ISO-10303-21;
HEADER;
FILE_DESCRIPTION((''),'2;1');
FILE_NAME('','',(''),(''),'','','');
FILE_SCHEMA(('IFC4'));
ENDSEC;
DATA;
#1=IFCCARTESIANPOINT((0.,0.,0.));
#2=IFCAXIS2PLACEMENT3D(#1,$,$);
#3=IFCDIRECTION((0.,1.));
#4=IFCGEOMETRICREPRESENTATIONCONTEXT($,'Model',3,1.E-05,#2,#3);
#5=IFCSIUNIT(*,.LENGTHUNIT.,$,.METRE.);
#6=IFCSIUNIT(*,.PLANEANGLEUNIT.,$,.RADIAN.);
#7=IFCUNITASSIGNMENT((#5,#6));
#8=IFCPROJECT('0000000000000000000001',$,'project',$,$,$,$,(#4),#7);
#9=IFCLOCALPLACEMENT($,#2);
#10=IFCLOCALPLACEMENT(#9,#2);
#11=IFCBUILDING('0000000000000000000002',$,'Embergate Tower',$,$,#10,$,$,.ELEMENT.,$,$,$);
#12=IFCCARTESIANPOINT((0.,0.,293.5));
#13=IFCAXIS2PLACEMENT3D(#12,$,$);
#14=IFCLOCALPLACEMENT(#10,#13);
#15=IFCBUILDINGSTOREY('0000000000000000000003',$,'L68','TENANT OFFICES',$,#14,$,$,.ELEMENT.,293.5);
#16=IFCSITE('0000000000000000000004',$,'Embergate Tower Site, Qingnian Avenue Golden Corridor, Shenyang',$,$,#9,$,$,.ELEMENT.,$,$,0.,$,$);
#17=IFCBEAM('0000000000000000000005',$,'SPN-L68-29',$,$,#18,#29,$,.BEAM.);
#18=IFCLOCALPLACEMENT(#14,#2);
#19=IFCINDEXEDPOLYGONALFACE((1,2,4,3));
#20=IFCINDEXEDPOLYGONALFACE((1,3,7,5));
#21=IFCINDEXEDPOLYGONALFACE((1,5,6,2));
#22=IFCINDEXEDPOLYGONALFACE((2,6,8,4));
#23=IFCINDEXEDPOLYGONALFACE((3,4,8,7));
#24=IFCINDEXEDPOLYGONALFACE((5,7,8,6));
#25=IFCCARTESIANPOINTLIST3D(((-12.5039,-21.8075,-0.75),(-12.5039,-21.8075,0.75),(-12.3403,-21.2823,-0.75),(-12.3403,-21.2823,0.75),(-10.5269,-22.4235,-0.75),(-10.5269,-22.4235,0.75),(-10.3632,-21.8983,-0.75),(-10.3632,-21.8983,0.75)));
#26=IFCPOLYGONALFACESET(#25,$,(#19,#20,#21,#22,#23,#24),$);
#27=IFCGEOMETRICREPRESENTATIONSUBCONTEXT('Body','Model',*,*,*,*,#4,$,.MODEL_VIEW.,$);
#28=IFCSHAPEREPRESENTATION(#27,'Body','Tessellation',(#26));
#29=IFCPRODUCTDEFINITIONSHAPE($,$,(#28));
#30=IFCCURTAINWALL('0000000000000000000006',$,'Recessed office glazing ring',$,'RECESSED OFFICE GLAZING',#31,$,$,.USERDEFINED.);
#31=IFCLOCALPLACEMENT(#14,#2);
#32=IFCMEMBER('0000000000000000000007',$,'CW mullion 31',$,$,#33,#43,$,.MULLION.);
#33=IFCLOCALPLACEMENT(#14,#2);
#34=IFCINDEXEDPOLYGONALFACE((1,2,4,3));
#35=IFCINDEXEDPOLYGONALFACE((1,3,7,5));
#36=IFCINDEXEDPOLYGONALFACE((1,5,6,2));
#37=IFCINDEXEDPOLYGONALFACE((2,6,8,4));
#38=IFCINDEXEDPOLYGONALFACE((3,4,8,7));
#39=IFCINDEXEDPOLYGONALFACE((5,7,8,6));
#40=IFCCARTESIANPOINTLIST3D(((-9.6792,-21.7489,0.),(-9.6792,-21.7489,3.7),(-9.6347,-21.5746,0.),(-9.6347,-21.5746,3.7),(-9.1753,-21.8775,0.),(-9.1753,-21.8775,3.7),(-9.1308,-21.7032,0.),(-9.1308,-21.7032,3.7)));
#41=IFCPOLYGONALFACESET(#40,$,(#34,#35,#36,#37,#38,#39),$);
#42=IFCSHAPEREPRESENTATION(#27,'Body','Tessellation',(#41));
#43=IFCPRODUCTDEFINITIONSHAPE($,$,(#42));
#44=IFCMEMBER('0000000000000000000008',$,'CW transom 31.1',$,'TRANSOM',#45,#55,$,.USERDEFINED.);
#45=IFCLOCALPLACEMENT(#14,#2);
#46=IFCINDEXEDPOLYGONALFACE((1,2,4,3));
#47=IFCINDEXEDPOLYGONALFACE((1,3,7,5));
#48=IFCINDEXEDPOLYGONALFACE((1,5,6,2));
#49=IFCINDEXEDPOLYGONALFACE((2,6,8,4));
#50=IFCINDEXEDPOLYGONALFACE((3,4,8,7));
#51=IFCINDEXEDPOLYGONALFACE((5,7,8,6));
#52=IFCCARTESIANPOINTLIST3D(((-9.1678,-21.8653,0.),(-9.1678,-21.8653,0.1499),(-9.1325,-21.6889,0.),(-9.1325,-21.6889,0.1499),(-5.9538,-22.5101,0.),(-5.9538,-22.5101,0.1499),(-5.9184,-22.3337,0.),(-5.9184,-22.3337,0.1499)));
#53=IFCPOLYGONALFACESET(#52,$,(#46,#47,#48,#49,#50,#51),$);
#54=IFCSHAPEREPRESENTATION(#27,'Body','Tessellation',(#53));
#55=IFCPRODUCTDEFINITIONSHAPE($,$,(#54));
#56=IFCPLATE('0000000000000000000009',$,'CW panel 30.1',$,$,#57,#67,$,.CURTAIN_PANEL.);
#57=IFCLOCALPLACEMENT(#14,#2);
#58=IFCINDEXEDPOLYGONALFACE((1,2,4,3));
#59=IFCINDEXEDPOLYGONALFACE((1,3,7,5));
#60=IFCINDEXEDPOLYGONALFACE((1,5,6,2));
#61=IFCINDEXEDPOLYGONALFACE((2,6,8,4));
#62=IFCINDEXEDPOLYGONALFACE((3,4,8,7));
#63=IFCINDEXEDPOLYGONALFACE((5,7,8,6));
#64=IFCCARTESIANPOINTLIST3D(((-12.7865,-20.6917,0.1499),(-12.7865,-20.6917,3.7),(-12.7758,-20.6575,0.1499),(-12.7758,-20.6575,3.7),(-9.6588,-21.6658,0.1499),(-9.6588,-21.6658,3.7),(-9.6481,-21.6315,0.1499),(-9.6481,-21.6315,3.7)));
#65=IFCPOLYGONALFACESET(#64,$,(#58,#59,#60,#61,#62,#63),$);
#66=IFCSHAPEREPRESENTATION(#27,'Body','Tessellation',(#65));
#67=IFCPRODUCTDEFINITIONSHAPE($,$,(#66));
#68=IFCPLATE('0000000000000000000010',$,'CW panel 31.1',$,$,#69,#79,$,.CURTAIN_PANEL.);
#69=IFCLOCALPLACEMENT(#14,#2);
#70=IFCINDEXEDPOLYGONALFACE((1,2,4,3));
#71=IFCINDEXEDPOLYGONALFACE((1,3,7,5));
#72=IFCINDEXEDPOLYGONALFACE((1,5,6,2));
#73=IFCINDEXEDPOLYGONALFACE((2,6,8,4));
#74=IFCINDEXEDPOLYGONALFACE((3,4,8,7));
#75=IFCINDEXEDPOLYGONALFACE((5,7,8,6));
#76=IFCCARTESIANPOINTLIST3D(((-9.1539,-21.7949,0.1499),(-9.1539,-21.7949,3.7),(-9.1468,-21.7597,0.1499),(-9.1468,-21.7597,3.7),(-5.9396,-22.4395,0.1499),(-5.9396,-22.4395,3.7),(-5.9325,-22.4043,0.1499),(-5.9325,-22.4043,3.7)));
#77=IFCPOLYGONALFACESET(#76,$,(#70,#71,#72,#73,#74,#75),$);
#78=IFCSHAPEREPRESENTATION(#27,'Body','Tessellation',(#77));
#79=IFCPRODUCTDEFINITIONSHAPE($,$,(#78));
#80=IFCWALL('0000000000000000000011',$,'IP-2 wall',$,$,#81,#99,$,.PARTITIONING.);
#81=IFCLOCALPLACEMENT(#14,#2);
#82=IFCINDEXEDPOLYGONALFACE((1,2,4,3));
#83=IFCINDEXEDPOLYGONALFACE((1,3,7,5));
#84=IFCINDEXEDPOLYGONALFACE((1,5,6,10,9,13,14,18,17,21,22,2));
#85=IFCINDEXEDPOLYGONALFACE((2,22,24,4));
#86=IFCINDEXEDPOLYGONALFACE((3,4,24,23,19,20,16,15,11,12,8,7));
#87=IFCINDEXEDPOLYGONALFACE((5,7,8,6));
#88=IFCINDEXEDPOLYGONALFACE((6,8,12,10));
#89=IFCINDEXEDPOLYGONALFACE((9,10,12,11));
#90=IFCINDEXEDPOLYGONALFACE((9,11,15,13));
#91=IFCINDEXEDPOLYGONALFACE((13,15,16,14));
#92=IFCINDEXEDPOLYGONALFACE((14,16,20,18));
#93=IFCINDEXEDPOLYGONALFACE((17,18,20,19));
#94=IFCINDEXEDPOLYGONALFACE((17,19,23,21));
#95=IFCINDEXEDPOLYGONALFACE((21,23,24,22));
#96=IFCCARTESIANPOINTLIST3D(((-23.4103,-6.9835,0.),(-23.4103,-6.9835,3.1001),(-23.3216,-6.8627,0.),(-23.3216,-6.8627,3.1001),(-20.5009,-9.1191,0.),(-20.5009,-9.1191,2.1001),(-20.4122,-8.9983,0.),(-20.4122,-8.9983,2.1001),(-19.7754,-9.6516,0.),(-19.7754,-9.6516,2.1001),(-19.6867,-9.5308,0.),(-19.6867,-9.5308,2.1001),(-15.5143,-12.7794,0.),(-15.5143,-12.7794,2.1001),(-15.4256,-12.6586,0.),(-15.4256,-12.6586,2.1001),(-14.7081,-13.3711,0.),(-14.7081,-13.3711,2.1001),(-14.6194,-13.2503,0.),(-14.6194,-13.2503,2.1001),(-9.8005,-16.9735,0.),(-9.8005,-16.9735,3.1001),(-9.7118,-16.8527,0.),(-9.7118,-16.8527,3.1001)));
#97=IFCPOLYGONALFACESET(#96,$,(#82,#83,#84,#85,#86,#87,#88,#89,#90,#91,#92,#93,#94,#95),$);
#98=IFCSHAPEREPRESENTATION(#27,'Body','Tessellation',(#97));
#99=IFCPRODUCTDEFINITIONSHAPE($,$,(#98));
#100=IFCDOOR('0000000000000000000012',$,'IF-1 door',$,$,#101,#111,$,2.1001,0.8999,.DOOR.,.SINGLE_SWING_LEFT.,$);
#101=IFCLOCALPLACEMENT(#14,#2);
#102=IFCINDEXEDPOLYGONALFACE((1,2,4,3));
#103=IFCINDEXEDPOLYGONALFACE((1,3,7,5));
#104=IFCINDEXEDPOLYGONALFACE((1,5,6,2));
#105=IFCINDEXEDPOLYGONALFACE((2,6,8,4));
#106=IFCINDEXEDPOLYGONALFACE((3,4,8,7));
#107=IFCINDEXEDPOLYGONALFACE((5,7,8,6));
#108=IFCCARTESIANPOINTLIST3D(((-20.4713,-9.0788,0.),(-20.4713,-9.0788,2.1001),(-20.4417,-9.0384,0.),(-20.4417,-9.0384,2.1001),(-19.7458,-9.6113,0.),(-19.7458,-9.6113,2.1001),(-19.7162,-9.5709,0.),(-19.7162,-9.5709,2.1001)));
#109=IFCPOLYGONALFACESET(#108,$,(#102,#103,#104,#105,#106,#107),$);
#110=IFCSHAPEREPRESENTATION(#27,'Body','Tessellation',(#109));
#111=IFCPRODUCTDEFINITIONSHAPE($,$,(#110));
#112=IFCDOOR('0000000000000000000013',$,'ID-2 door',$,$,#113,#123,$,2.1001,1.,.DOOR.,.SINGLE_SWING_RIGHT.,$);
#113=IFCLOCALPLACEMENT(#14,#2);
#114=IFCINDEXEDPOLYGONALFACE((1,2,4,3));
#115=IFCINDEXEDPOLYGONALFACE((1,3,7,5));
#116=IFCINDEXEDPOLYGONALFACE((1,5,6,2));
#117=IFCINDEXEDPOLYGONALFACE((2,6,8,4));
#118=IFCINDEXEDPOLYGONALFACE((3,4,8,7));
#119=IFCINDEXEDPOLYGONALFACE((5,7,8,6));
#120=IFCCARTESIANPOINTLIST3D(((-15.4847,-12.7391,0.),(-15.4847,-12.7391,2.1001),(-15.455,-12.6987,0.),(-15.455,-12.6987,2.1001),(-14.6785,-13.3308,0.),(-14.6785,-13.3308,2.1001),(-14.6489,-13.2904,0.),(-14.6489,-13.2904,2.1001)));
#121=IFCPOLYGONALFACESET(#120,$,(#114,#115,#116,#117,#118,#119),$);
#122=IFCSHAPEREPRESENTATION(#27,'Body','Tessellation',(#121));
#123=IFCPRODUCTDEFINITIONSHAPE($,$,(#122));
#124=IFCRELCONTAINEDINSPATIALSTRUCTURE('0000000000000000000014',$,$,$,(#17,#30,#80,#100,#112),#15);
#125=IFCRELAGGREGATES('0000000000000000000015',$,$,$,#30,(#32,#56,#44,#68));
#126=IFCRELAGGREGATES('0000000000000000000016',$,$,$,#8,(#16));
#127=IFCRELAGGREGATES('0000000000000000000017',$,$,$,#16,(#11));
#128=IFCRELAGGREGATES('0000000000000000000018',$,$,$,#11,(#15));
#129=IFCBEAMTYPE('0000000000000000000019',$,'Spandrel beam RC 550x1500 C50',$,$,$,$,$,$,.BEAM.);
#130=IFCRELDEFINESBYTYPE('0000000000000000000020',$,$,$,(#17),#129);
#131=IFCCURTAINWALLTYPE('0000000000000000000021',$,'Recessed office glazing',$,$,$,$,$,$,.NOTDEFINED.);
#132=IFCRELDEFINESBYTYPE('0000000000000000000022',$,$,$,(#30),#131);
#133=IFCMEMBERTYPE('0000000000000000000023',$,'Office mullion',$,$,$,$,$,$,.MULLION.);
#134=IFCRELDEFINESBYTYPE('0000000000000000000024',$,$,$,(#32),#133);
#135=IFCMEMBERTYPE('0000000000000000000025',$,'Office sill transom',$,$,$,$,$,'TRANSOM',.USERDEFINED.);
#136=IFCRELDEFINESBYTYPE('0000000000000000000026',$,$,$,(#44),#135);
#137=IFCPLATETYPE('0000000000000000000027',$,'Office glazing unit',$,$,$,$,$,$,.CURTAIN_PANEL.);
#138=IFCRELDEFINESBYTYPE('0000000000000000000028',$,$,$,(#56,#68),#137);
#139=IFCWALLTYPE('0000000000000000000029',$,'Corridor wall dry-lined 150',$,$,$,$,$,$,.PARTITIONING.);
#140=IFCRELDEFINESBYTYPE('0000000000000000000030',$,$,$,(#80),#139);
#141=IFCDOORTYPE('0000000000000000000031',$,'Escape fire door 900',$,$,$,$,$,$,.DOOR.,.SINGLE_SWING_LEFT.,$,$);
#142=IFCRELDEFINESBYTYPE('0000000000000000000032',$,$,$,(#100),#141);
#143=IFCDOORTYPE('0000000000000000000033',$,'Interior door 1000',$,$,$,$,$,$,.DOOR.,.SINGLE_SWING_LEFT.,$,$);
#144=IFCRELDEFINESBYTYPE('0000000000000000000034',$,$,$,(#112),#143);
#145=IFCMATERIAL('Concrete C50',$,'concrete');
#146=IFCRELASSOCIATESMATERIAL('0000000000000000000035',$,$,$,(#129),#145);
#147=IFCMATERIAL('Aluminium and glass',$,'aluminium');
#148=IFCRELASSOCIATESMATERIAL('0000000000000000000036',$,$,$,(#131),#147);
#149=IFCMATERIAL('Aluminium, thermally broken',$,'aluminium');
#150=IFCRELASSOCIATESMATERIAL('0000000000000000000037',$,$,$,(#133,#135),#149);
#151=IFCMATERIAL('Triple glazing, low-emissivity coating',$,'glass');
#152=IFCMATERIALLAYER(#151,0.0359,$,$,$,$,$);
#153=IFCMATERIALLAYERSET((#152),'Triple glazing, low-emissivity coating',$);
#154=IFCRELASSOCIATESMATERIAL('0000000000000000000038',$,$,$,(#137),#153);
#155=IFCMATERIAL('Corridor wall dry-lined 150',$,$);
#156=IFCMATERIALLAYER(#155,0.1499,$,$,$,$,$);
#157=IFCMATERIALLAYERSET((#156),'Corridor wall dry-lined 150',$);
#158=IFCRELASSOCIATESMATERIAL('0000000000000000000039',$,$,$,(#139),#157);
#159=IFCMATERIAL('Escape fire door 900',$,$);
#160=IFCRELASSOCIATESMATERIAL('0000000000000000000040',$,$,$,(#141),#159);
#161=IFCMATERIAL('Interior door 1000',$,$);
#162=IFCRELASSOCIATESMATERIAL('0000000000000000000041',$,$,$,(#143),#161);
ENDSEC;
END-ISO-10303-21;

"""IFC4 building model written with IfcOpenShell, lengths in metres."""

from ifc_helpers import new_model, si_unit, direction, frame, frame_2d, origin, origin_2d, place, context, subcontext, project, spatial, rectangle, extrude, source, transform, mapped, material, layer, layer_set, material_profile, profile_set, type_object, element, fill, aggregate, save


model = new_model("IFC4")

# Units and contexts
model_context = context("Model", 3, precision=1e-05, world=origin(), true_north=direction((0.0, 1.0)))
body_context = subcontext(model_context, "Body", "Model", "MODEL_VIEW")
ifc_project = project(units=[si_unit("LENGTHUNIT", "METRE"), si_unit("PLANEANGLEUNIT", "RADIAN")], contexts=[model_context])

# Site, building, storey
site_placement = place(None, origin())
site = spatial("IfcSite", under=ifc_project, at=site_placement, Name="Embergate Tower Site, Qingnian Avenue Golden Corridor, Shenyang", CompositionType="ELEMENT", RefElevation=0.0)
building_placement = place(site_placement, origin())
building = spatial("IfcBuilding", under=site, at=building_placement, Name="Embergate Tower", CompositionType="ELEMENT")
storey_placement = place(building_placement, frame((0.0, 0.0, 293.5)))
storey = spatial("IfcBuildingStorey", under=building, at=storey_placement, Name="L68", Description="TENANT OFFICES", CompositionType="ELEMENT", Elevation=293.5)

# Beam
ifc_material_1 = material(Name="Concrete C50", Category="concrete")
ifc_material_profile_1 = material_profile(ifc_material_1, rectangle(XDim=0.55, YDim=1.5, at=origin_2d()), Name="RC 550x1500")
ifc_profile_set_1 = profile_set([ifc_material_profile_1], Name="Concrete C50")
beam_type = type_object("IfcBeamType", Name="Spandrel beam RC 550x1500 C50", PredefinedType="BEAM", material=ifc_profile_set_1)
shared_shape_1 = source(origin(), body_context, "Body", "SweptSolid", [
    extrude(rectangle(XDim=0.55, YDim=1.5, at=origin_2d()), origin(), (0.0, 0.0, 1.0), 2.0708),
])
beam_placement = place(storey_placement, frame((-12.4221, -21.5449, 0.0), z_axis=(0.954736, -0.297456, 0.0), x_axis=(0.297456, 0.954736, 0.0)))
element("IfcBeam", 1, at=beam_placement, inside=storey, type_object=beam_type, Name="SPN-L68-29", PredefinedType="BEAM", context=body_context, shape_type="MappedRepresentation", body=[
    mapped(shared_shape_1, transform((0.0, 0.0, 0.0))),
])

# Curtain wall, members, plates
ifc_material_2 = material(Name="Aluminium and glass", Category="aluminium")
curtain_wall_type = type_object("IfcCurtainWallType", Name="Recessed office glazing", PredefinedType="NOTDEFINED", material=ifc_material_2)
curtain_wall_placement = place(storey_placement, origin())
curtain_wall = element("IfcCurtainWall", 2, at=curtain_wall_placement, inside=storey, type_object=curtain_wall_type, Name="Recessed office glazing ring", ObjectType="RECESSED OFFICE GLAZING", PredefinedType="USERDEFINED")
ifc_material_3 = material(Name="Aluminium, thermally broken", Category="aluminium")
ifc_material_profile_2 = material_profile(ifc_material_3, rectangle(XDim=0.1799, YDim=0.52, at=origin_2d()), Name="AL 520x180")
ifc_profile_set_2 = profile_set([ifc_material_profile_2], Name="Aluminium, thermally broken")
member_type_1 = type_object("IfcMemberType", Name="Office mullion", PredefinedType="MULLION", material=ifc_profile_set_2)
shared_shape_2 = source(origin(), body_context, "Body", "SweptSolid", [
    extrude(rectangle(XDim=0.1799, YDim=0.52, at=origin_2d()), origin(), (0.0, 0.0, 1.0), 3.7),
])
member_1_placement = place(storey_placement, frame((-9.405, -21.7261, 0.0), z_axis=(0.0, 0.0, 1.0), x_axis=(0.247312, 0.968936, 0.0)))
member_1 = element("IfcMember", 3, at=member_1_placement, type_object=member_type_1, Name="CW mullion 31", PredefinedType="MULLION", context=body_context, shape_type="MappedRepresentation", body=[
    mapped(shared_shape_2, transform((0.0, 0.0, 0.0))),
])
ifc_material_profile_3 = material_profile(ifc_material_3, rectangle(XDim=0.1799, YDim=0.1499, at=origin_2d()), Name="AL 150x180")
ifc_profile_set_3 = profile_set([ifc_material_profile_3], Name="Aluminium, thermally broken")
member_type_2 = type_object("IfcMemberType", Name="Office sill transom", ElementType="TRANSOM", PredefinedType="USERDEFINED", material=ifc_profile_set_3)
shared_shape_3 = source(origin(), body_context, "Body", "SweptSolid", [
    extrude(rectangle(XDim=0.1799, YDim=0.1499, at=origin_2d()), origin(), (0.0, 0.0, 1.0), 3.2781),
])
member_2_placement = place(storey_placement, frame((-9.1501, -21.7771, 0.075), z_axis=(0.980466, -0.196689, 0.0), x_axis=(0.196689, 0.980466, 0.0)))
member_2 = element("IfcMember", 4, at=member_2_placement, type_object=member_type_2, Name="CW transom 31.1", ObjectType="TRANSOM", PredefinedType="USERDEFINED", context=body_context, shape_type="MappedRepresentation", body=[
    mapped(shared_shape_3, transform((0.0, 0.0, 0.0))),
])
ifc_material_4 = material(Name="Triple glazing, low-emissivity coating", Category="glass")
ifc_layer_1 = layer(ifc_material_4, 0.0359)
ifc_layer_set_1 = layer_set([ifc_layer_1], Name="Triple glazing, low-emissivity coating")
plate_type = type_object("IfcPlateType", Name="Office glazing unit", PredefinedType="CURTAIN_PANEL", material=ifc_layer_set_1)
shared_shape_4 = source(origin(), body_context, "Body", "SweptSolid", [
    extrude(rectangle(XDim=3.2759, YDim=0.0359, at=origin_2d()), origin(), (0.0, 0.0, 1.0), 3.55),
])
plate_1_placement = place(storey_placement, frame((-11.2173, -21.1616, 0.1499), z_axis=(0.0, 0.0, 1.0), x_axis=(0.954771, -0.297342, 0.0)))
plate_1 = element("IfcPlate", 5, at=plate_1_placement, type_object=plate_type, Name="CW panel 30.1", PredefinedType="CURTAIN_PANEL", context=body_context, shape_type="MappedRepresentation", body=[
    mapped(shared_shape_4, transform((0.0, 0.0, 0.0))),
])
shared_shape_5 = source(origin(), body_context, "Body", "SweptSolid", [
    extrude(rectangle(XDim=3.2783, YDim=0.0359, at=origin_2d()), origin(), (0.0, 0.0, 1.0), 3.55),
])
plate_2_placement = place(storey_placement, frame((-7.5432, -22.0996, 0.1499), z_axis=(0.0, 0.0, 1.0), x_axis=(0.980476, -0.196641, 0.0)))
plate_2 = element("IfcPlate", 6, at=plate_2_placement, type_object=plate_type, Name="CW panel 31.1", PredefinedType="CURTAIN_PANEL", context=body_context, shape_type="MappedRepresentation", body=[
    mapped(shared_shape_5, transform((0.0, 0.0, 0.0))),
])
aggregate(curtain_wall, [member_1, plate_1, member_2, plate_2])

# Wall, openings, doors
ifc_material_5 = material(Name="Corridor wall dry-lined 150")
ifc_layer_2 = layer(ifc_material_5, 0.1499)
ifc_layer_set_2 = layer_set([ifc_layer_2], Name="Corridor wall dry-lined 150")
wall_type_1 = type_object("IfcWallType", Name="Corridor wall dry-lined 150", PredefinedType="PARTITIONING", material=ifc_layer_set_2)
shared_shape_6 = source(origin(), body_context, "Body", "SweptSolid", [
    extrude(rectangle(XDim=16.8828, YDim=0.1499, at=frame_2d((8.4414, 0.0))), origin(), (0.0, 0.0, 1.0), 3.1001),
])
wall_1_placement = place(storey_placement, frame((-9.7561, -16.9131, 0.0), z_axis=(0.0, 0.0, 1.0), x_axis=(-0.806139, 0.591727, 0.0)))
wall_1 = element("IfcWall", 7, at=wall_1_placement, inside=storey, type_object=wall_type_1, Name="IP-2 wall", PredefinedType="PARTITIONING", context=body_context, shape_type="MappedRepresentation", body=[
    mapped(shared_shape_6, transform((0.0, 0.0, 0.0))),
])
shared_shape_7 = source(origin(), body_context, "Body", "SweptSolid", [
    extrude(rectangle(XDim=0.8999, YDim=2.1001, at=frame_2d((0.45, 1.05))), frame((0.0, 0.085, 0.0), z_axis=(0.0, -1.0, 0.0), x_axis=(1.0, 0.0, 0.0)), (0.0, 0.0, 1.0), 0.1699),
])
opening_1_placement = place(wall_1_placement, frame((12.3738, 0.0, 0.0)))
opening_1 = element("IfcOpeningElement", 8, at=opening_1_placement, cuts=wall_1, PredefinedType="OPENING", context=body_context, shape_type="MappedRepresentation", body=[
    mapped(shared_shape_7, transform((0.0, 0.0, 0.0))),
])
shared_shape_8 = source(origin(), body_context, "Body", "SweptSolid", [
    extrude(rectangle(XDim=1.0, YDim=2.1001, at=frame_2d((0.5, 1.05))), frame((0.0, 0.085, 0.0), z_axis=(0.0, -1.0, 0.0), x_axis=(1.0, 0.0, 0.0)), (0.0, 0.0, 1.0), 0.1699),
])
opening_2_placement = place(wall_1_placement, frame((6.0879, 0.0, 0.0)))
opening_2 = element("IfcOpeningElement", 9, at=opening_2_placement, cuts=wall_1, PredefinedType="OPENING", context=body_context, shape_type="MappedRepresentation", body=[
    mapped(shared_shape_8, transform((0.0, 0.0, 0.0))),
])
ifc_material_6 = material(Name="Escape fire door 900")
door_type_1 = type_object("IfcDoorType", Name="Escape fire door 900", OperationType="SINGLE_SWING_LEFT", PredefinedType="DOOR", material=ifc_material_6)
shared_shape_9 = source(origin(), body_context, "Body", "SweptSolid", [
    extrude(rectangle(XDim=0.8999, YDim=2.1001, at=frame_2d((0.45, 1.05))), frame((0.0, 0.0249, 0.0), z_axis=(0.0, -1.0, 0.0), x_axis=(1.0, 0.0, 0.0)), (0.0, 0.0, 1.0), 0.05),
])
door_1_placement = place(opening_1_placement, origin())
door_1 = element("IfcDoor", 10, at=door_1_placement, inside=storey, type_object=door_type_1, Name="IF-1 door", OperationType="SINGLE_SWING_LEFT", OverallHeight=2.1001, OverallWidth=0.8999, PredefinedType="DOOR", context=body_context, shape_type="MappedRepresentation", body=[
    mapped(shared_shape_9, transform((0.0, 0.0, 0.0))),
])
fill(opening_1, door_1)
ifc_material_7 = material(Name="Interior door 1000")
door_type_2 = type_object("IfcDoorType", Name="Interior door 1000", OperationType="SINGLE_SWING_LEFT", PredefinedType="DOOR", material=ifc_material_7)
shared_shape_10 = source(origin(), body_context, "Body", "SweptSolid", [
    extrude(rectangle(XDim=1.0, YDim=2.1001, at=frame_2d((0.5, 1.05))), frame((0.0, 0.0249, 0.0), z_axis=(0.0, -1.0, 0.0), x_axis=(1.0, 0.0, 0.0)), (0.0, 0.0, 1.0), 0.05),
])
door_2_placement = place(opening_2_placement, origin())
door_2 = element("IfcDoor", 11, at=door_2_placement, inside=storey, type_object=door_type_2, Name="ID-2 door", OperationType="SINGLE_SWING_RIGHT", OverallHeight=2.1001, OverallWidth=1.0, PredefinedType="DOOR", context=body_context, shape_type="MappedRepresentation", body=[
    mapped(shared_shape_10, transform((0.0, 0.0, 0.0))),
])
fill(opening_2, door_2)

save(model, "model.ifc")
